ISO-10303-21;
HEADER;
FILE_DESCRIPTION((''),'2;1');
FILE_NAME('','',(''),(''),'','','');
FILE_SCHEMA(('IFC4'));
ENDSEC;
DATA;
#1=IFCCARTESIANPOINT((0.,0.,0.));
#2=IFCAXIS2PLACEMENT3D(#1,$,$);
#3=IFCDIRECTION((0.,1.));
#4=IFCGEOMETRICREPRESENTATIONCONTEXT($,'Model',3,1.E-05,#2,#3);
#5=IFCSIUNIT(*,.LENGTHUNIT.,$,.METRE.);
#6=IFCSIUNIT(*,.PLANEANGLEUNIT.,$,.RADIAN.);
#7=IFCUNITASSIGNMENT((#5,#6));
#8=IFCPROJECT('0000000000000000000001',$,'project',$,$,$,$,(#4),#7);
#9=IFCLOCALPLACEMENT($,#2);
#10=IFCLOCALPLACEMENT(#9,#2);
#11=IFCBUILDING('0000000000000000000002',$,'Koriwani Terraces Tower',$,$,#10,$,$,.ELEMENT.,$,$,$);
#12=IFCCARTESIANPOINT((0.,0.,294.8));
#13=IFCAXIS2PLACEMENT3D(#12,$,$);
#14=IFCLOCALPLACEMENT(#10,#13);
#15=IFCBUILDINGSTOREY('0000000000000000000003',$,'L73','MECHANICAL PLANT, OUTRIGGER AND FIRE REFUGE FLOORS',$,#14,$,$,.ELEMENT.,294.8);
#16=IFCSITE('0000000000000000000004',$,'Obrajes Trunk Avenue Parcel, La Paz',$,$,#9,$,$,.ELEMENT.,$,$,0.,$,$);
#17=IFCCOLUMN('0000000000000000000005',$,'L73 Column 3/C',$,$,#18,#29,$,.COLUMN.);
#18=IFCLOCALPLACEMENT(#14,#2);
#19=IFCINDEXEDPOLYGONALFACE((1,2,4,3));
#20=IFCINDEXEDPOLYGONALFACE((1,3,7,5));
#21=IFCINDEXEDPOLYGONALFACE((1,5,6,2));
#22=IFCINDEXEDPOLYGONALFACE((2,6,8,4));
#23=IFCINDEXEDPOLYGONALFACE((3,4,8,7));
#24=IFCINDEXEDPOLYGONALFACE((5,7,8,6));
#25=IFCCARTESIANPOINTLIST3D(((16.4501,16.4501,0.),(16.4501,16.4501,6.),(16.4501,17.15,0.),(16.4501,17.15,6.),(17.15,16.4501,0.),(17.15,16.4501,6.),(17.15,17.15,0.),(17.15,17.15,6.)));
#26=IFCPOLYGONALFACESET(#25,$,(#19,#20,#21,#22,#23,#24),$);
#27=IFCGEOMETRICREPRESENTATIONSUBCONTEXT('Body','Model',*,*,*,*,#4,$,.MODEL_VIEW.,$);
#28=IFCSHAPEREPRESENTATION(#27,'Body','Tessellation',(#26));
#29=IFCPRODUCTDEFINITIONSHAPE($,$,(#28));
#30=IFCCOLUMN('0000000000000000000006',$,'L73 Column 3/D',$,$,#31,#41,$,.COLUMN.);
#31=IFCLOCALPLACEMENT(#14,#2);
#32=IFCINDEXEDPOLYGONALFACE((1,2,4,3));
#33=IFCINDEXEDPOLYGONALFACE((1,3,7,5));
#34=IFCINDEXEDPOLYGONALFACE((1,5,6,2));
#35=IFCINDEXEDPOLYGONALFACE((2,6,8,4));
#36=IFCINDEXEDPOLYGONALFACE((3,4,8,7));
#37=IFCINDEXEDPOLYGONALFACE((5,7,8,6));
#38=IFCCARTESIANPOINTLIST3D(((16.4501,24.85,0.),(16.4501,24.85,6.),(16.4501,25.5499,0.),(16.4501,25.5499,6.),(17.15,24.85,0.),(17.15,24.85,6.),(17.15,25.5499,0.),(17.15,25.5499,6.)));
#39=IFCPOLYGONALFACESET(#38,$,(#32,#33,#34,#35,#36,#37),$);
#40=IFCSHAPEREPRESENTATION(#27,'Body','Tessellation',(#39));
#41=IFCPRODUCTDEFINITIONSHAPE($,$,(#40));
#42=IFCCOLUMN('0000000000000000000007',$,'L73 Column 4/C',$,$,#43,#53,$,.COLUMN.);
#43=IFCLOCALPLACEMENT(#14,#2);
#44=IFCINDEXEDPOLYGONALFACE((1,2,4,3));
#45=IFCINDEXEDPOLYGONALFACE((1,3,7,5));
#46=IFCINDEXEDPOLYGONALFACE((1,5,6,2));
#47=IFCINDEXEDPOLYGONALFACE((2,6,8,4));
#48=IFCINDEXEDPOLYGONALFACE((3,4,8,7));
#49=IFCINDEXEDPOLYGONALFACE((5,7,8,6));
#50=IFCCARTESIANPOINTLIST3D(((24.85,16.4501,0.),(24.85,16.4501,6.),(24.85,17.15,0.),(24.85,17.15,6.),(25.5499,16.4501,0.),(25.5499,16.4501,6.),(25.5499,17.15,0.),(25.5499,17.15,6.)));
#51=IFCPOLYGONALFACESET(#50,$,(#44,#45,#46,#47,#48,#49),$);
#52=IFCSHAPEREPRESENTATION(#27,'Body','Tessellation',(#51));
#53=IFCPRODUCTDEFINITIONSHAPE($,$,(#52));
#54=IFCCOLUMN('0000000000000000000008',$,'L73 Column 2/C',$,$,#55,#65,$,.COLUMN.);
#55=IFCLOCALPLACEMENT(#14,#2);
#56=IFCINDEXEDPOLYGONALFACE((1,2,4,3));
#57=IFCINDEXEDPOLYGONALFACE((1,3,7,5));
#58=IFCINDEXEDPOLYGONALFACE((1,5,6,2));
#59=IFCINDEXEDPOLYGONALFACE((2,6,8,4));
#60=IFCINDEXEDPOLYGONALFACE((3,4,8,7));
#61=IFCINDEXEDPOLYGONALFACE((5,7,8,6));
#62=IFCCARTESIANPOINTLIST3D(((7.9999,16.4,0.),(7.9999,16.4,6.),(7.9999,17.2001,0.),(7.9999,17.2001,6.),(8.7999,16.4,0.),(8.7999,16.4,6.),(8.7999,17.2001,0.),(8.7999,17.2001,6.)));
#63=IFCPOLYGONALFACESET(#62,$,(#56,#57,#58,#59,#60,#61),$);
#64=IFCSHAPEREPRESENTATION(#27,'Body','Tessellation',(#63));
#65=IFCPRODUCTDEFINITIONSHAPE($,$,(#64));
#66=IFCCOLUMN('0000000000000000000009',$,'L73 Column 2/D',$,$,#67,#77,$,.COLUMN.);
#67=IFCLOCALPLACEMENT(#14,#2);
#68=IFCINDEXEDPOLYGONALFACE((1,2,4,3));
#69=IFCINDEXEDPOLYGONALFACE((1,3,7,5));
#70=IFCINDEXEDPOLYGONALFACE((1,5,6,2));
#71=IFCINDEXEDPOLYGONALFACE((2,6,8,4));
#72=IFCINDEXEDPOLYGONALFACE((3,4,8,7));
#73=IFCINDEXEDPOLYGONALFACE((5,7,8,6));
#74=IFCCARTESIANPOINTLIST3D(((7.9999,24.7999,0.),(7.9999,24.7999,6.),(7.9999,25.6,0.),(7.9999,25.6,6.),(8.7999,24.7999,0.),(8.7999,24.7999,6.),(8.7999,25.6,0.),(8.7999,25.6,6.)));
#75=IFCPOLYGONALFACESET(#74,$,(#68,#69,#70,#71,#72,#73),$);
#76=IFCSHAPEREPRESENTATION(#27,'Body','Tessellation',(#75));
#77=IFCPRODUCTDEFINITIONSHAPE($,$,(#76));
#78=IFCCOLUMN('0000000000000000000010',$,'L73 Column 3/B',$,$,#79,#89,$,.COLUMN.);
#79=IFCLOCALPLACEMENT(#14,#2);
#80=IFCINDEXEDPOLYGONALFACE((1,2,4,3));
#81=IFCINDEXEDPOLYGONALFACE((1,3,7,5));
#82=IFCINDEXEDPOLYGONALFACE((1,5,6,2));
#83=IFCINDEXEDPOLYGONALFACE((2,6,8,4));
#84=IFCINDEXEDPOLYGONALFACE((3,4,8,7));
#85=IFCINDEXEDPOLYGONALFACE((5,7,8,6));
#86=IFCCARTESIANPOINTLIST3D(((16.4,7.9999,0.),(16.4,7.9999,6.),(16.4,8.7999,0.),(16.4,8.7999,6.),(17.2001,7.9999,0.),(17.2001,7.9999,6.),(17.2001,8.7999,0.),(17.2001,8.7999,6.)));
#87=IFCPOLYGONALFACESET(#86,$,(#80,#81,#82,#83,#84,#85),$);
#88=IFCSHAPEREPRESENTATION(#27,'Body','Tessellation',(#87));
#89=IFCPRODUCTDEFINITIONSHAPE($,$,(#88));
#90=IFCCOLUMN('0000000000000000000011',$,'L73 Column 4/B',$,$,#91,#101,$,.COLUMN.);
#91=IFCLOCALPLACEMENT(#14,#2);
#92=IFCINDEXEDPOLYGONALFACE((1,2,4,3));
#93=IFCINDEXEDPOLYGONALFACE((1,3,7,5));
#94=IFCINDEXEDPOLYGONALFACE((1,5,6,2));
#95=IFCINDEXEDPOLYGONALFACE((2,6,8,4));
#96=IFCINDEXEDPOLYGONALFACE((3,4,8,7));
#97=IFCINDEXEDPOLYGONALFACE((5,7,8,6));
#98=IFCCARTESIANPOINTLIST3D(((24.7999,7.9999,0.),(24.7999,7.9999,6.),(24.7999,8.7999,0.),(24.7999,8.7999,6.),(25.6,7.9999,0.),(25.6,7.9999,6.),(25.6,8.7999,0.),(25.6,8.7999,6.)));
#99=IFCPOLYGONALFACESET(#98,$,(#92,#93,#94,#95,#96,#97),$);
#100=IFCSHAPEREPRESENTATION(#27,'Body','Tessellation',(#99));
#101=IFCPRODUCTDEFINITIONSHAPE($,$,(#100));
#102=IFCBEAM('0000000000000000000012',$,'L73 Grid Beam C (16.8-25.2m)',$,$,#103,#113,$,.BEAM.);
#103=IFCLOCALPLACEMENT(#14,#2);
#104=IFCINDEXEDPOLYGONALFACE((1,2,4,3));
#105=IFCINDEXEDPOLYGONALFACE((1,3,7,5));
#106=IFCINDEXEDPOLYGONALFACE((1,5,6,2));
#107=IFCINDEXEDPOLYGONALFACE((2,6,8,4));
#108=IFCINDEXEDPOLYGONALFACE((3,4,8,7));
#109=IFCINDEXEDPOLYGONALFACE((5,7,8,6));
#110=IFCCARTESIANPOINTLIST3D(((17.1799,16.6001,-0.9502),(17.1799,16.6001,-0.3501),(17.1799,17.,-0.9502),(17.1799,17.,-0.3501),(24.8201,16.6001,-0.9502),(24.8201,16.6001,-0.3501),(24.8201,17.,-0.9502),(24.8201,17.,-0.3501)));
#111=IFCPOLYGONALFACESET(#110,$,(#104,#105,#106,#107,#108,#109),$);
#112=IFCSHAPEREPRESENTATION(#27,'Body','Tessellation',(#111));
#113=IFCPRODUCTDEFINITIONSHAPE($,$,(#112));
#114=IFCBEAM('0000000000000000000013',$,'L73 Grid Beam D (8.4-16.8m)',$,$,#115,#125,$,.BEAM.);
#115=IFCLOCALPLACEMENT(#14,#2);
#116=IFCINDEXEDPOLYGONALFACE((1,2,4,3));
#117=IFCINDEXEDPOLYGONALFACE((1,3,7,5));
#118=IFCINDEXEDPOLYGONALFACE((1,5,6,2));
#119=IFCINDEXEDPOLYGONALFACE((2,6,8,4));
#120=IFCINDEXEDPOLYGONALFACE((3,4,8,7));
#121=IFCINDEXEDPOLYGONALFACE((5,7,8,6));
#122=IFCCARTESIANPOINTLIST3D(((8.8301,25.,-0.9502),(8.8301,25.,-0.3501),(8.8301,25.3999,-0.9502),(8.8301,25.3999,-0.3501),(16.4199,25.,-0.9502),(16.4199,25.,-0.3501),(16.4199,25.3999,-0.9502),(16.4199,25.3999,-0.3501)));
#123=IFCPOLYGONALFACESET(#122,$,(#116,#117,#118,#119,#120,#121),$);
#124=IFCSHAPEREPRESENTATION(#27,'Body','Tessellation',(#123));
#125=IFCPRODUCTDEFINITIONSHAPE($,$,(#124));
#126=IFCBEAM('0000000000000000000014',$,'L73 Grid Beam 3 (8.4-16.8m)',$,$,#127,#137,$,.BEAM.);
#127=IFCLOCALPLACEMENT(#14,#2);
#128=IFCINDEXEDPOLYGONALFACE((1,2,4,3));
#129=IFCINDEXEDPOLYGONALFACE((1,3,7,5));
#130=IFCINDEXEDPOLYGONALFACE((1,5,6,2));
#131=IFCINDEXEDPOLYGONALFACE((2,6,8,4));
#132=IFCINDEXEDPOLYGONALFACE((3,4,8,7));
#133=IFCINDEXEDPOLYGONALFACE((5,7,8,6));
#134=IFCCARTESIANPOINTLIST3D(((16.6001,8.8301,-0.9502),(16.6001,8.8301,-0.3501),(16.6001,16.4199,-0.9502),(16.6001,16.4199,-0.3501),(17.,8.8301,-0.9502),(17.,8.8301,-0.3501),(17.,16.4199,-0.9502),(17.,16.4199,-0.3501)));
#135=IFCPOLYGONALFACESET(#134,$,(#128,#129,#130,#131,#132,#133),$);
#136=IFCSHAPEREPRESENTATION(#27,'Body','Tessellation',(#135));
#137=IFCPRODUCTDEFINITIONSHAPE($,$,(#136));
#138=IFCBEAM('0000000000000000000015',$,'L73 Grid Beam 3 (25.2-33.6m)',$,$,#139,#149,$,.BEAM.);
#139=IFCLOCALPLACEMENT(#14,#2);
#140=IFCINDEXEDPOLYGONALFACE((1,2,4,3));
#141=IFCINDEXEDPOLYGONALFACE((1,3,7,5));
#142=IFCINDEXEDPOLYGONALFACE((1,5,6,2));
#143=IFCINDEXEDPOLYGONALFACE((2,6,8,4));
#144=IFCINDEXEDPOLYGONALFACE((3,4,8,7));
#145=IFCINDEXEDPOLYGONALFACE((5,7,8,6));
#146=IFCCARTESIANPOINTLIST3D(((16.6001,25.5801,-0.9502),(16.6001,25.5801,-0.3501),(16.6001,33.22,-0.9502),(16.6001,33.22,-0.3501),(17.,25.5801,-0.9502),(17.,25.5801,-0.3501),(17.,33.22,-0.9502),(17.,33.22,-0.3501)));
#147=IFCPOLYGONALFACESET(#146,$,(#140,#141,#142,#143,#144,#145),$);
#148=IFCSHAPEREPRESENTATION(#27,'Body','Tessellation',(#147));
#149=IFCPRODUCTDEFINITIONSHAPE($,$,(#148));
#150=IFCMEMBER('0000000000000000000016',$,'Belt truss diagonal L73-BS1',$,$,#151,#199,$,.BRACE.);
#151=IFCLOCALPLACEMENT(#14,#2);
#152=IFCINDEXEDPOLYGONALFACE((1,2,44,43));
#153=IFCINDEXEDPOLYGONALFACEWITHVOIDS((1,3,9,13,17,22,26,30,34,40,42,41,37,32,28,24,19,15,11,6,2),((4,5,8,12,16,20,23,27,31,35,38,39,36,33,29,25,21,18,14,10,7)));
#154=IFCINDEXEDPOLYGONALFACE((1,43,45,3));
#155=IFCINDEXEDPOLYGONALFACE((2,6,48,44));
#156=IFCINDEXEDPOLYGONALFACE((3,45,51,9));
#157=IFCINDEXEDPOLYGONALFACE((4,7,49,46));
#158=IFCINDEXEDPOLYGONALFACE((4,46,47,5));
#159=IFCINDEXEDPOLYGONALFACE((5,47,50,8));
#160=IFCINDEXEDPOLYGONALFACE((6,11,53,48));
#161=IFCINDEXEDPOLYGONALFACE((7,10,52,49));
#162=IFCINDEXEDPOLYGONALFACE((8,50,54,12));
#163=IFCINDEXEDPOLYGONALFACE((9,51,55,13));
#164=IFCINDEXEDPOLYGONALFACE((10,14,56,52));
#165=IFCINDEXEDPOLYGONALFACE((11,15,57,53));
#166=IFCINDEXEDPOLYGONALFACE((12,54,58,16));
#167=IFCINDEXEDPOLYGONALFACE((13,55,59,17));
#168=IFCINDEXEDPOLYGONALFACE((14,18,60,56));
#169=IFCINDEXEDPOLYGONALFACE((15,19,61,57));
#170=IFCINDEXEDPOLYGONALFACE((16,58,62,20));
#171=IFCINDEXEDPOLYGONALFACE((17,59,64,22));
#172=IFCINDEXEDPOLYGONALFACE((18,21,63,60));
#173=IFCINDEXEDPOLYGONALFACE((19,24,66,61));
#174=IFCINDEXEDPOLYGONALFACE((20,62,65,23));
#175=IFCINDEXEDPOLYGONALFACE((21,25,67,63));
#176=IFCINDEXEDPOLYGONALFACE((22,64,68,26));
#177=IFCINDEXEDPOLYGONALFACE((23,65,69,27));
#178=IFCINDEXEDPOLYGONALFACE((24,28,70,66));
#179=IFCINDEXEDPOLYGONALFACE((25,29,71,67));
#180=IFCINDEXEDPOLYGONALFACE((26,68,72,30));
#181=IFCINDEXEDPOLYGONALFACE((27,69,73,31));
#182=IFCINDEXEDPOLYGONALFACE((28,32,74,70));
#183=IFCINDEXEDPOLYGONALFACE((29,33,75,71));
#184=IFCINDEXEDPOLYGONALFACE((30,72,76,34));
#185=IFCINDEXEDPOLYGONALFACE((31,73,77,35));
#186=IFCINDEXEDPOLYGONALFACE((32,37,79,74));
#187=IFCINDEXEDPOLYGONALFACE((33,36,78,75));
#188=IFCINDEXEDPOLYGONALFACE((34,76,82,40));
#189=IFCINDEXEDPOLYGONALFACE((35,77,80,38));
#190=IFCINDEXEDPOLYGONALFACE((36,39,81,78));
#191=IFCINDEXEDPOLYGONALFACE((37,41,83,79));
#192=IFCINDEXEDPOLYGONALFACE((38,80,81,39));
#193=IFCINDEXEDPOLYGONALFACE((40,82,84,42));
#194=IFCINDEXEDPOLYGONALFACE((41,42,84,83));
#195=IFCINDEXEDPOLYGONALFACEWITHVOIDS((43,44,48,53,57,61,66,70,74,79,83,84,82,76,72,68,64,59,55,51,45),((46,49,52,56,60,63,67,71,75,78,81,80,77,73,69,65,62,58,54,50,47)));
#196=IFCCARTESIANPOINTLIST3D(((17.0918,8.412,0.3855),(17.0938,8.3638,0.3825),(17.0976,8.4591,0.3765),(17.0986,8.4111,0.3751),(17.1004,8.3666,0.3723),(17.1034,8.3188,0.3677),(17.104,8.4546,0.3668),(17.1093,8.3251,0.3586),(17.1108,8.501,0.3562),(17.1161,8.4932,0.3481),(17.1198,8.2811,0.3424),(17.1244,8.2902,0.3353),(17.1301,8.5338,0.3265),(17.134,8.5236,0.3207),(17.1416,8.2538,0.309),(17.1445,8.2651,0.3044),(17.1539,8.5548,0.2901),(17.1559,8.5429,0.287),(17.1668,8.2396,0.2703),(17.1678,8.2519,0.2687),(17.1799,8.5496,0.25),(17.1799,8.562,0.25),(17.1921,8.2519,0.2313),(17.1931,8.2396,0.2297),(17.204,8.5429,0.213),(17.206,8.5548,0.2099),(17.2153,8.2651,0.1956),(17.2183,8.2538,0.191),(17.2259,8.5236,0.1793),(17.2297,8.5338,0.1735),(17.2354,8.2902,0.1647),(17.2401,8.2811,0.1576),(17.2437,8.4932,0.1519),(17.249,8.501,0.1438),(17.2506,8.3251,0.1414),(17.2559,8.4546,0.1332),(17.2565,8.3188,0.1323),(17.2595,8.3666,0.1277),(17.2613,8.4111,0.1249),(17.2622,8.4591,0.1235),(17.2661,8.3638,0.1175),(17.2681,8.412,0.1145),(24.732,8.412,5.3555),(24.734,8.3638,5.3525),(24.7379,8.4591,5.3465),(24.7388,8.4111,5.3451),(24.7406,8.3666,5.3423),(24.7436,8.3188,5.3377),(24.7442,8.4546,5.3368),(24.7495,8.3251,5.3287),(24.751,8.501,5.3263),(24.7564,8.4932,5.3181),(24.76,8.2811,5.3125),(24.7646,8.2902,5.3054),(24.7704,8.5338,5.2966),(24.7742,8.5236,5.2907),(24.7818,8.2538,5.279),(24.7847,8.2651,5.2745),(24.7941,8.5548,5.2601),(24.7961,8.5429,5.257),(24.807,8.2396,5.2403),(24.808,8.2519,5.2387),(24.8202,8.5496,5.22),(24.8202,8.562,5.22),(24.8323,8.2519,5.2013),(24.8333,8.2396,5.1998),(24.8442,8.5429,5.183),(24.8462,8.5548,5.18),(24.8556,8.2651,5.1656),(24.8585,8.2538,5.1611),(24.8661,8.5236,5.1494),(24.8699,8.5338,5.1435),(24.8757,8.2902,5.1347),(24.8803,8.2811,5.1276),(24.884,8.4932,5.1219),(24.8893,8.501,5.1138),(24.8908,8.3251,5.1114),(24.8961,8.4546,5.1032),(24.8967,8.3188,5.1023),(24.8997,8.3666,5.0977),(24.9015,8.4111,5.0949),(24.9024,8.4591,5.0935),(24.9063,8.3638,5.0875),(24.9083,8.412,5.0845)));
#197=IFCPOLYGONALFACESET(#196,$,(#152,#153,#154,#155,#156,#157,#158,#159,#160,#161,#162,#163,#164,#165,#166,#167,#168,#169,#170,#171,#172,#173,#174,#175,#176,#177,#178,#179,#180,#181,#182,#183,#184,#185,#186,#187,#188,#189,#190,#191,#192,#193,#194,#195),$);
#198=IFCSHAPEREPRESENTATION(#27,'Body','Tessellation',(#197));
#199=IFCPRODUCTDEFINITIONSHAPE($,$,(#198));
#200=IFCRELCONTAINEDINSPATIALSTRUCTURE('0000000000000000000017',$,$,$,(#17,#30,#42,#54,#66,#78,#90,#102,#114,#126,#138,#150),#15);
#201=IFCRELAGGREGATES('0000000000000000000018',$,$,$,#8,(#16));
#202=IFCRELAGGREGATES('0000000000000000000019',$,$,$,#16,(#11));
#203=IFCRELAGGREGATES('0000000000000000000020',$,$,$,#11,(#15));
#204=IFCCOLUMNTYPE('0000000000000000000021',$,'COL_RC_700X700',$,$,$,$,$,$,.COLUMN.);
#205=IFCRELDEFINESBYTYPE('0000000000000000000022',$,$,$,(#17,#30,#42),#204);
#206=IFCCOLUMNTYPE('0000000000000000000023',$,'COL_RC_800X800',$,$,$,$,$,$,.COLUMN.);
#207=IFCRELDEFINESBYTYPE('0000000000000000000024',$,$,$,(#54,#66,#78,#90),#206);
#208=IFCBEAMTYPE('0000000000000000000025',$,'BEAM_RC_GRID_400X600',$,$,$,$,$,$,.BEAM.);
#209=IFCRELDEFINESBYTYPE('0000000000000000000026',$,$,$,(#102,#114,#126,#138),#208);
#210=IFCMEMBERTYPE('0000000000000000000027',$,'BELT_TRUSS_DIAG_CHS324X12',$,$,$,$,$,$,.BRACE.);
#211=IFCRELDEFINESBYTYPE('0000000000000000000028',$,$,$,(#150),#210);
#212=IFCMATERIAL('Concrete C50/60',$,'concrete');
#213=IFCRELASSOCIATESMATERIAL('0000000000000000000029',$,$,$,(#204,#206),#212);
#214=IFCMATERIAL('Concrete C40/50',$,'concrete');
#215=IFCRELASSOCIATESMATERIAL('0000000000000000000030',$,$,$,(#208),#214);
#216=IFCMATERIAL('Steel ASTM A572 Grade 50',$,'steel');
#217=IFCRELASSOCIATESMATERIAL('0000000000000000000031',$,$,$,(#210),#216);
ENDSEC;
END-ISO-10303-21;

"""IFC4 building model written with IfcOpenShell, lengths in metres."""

from ifc_helpers import new_model, si_unit, direction, frame, origin, origin_2d, place, context, subcontext, project, spatial, rectangle, hollow_circle, extrude, material, material_profile, profile_set, type_object, element, save


model = new_model("IFC4")

# Units and contexts
model_context = context("Model", 3, precision=1e-05, world=origin(), true_north=direction((0.0, 1.0)))
body_context = subcontext(model_context, "Body", "Model", "MODEL_VIEW")
ifc_project = project(units=[si_unit("LENGTHUNIT", "METRE"), si_unit("PLANEANGLEUNIT", "RADIAN")], contexts=[model_context])

# Site, building, storey
site_placement = place(None, origin())
site = spatial("IfcSite", under=ifc_project, at=site_placement, Name="Obrajes Trunk Avenue Parcel, La Paz", CompositionType="ELEMENT", RefElevation=0.0)
building_placement = place(site_placement, origin())
building = spatial("IfcBuilding", under=site, at=building_placement, Name="Koriwani Terraces Tower", CompositionType="ELEMENT")
storey_placement = place(building_placement, frame((0.0, 0.0, 294.8)))
storey = spatial("IfcBuildingStorey", under=building, at=storey_placement, Name="L73", Description="MECHANICAL PLANT, OUTRIGGER AND FIRE REFUGE FLOORS", CompositionType="ELEMENT", Elevation=294.8)

# Columns
ifc_material_1 = material(Name="Concrete C50/60", Category="concrete")
ifc_material_profile_1 = material_profile(ifc_material_1, rectangle(XDim=0.7, YDim=0.7, at=origin_2d()), Name="Concrete C50/60", Category="LoadBearing")
ifc_profile_set_1 = profile_set([ifc_material_profile_1], Name="Concrete C50/60")
column_type_1 = type_object("IfcColumnType", Name="COL_RC_700X700", PredefinedType="COLUMN", material=ifc_profile_set_1)
for number, where, z_axis, x_axis, name in (
    (1, (16.8, 16.8, 0.0), (0.0, 0.0, 1.0), (1.0, 0.0, 0.0), "L73 Column 3/C"),
    (2, (16.8, 25.2, 0.0), (0.0, 0.0, 1.0), (1.0, 0.0, 0.0), "L73 Column 3/D"),
    (3, (25.2, 16.8, 0.0), (0.0, 0.0, 1.0), (1.0, 0.0, 0.0), "L73 Column 4/C"),
):
    element("IfcColumn", number, at=place(storey_placement, frame(where, z_axis=z_axis, x_axis=x_axis)), inside=storey, type_object=column_type_1, Name=name, PredefinedType="COLUMN", context=body_context, shape_type="SweptSolid", body=[
        extrude(rectangle(XDim=0.7, YDim=0.7, at=origin_2d()), origin(), (0.0, 0.0, 1.0), 6.0),
    ])
ifc_material_profile_2 = material_profile(ifc_material_1, rectangle(XDim=0.8, YDim=0.8, at=origin_2d()), Name="Concrete C50/60", Category="LoadBearing")
ifc_profile_set_2 = profile_set([ifc_material_profile_2], Name="Concrete C50/60")
column_type_2 = type_object("IfcColumnType", Name="COL_RC_800X800", PredefinedType="COLUMN", material=ifc_profile_set_2)
for number, where, z_axis, x_axis, name in (
    (4, (8.3999, 16.8, 0.0), (0.0, 0.0, 1.0), (1.0, 0.0, 0.0), "L73 Column 2/C"),
    (5, (8.3999, 25.2, 0.0), (0.0, 0.0, 1.0), (1.0, 0.0, 0.0), "L73 Column 2/D"),
    (6, (16.8, 8.3999, 0.0), (0.0, 0.0, 1.0), (1.0, 0.0, 0.0), "L73 Column 3/B"),
    (7, (25.2, 8.3999, 0.0), (0.0, 0.0, 1.0), (1.0, 0.0, 0.0), "L73 Column 4/B"),
):
    element("IfcColumn", number, at=place(storey_placement, frame(where, z_axis=z_axis, x_axis=x_axis)), inside=storey, type_object=column_type_2, Name=name, PredefinedType="COLUMN", context=body_context, shape_type="SweptSolid", body=[
        extrude(rectangle(XDim=0.8, YDim=0.8, at=origin_2d()), origin(), (0.0, 0.0, 1.0), 6.0),
    ])

# Beams
ifc_material_2 = material(Name="Concrete C40/50", Category="concrete")
ifc_material_profile_3 = material_profile(ifc_material_2, rectangle(XDim=0.3999, YDim=0.6001, at=origin_2d()), Name="Concrete C40/50", Category="LoadBearing")
ifc_profile_set_3 = profile_set([ifc_material_profile_3], Name="Concrete C40/50")
beam_type_1 = type_object("IfcBeamType", Name="BEAM_RC_GRID_400X600", PredefinedType="BEAM", material=ifc_profile_set_3)
beam_1_placement = place(storey_placement, frame((17.1799, 16.8, -0.6501), z_axis=(1.0, 0.0, 0.0), x_axis=(0.0, 1.0, 0.0)))
element("IfcBeam", 8, at=beam_1_placement, inside=storey, type_object=beam_type_1, Name="L73 Grid Beam C (16.8-25.2m)", PredefinedType="BEAM", context=body_context, shape_type="SweptSolid", body=[
    extrude(rectangle(XDim=0.3999, YDim=0.6001, at=origin_2d()), origin(), (0.0, 0.0, 1.0), 7.6401),
])
for number, where, z_axis, x_axis, name in (
    (9, (8.8301, 25.2, -0.6501), (1.0, 0.0, 0.0), (0.0, 1.0, 0.0), "L73 Grid Beam D (8.4-16.8m)"),
    (10, (16.8, 8.8301, -0.6501), (0.0, 1.0, 0.0), (-1.0, 0.0, 0.0), "L73 Grid Beam 3 (8.4-16.8m)"),
):
    element("IfcBeam", number, at=place(storey_placement, frame(where, z_axis=z_axis, x_axis=x_axis)), inside=storey, type_object=beam_type_1, Name=name, PredefinedType="BEAM", context=body_context, shape_type="SweptSolid", body=[
        extrude(rectangle(XDim=0.3999, YDim=0.6001, at=origin_2d()), origin(), (0.0, 0.0, 1.0), 7.5898),
    ])
beam_2_placement = place(storey_placement, frame((16.8, 25.5801, -0.6501), z_axis=(0.0, 1.0, 0.0), x_axis=(-1.0, 0.0, 0.0)))
element("IfcBeam", 11, at=beam_2_placement, inside=storey, type_object=beam_type_1, Name="L73 Grid Beam 3 (25.2-33.6m)", PredefinedType="BEAM", context=body_context, shape_type="SweptSolid", body=[
    extrude(rectangle(XDim=0.3999, YDim=0.6001, at=origin_2d()), origin(), (0.0, 0.0, 1.0), 7.6399),
])

# Member
ifc_material_3 = material(Name="Steel ASTM A572 Grade 50", Category="steel")
ifc_material_profile_4 = material_profile(ifc_material_3, hollow_circle(Radius=0.1621, WallThickness=0.0125, at=origin_2d()), Name="Steel ASTM A572 Grade 50", Category="LoadBearing")
ifc_profile_set_4 = profile_set([ifc_material_profile_4], Name="Steel ASTM A572 Grade 50")
member_type = type_object("IfcMemberType", Name="BELT_TRUSS_DIAG_CHS324X12", PredefinedType="BRACE", material=ifc_profile_set_4)
for number, where, z_axis, x_axis, name in (
    (12, (17.1799, 8.3999, 0.25), (0.838249, 0.0, 0.545288), (0.0, 1.0, 0.0), "Belt truss diagonal L73-BS1"),
):
    element("IfcMember", number, at=place(storey_placement, frame(where, z_axis=z_axis, x_axis=x_axis)), inside=storey, type_object=member_type, Name=name, PredefinedType="BRACE", context=body_context, shape_type="SweptSolid", body=[
        extrude(hollow_circle(Radius=0.1621, WallThickness=0.0125, at=origin_2d()), origin(), (0.0, 0.0, 1.0), 9.1145),
    ])

save(model, "model.ifc")
